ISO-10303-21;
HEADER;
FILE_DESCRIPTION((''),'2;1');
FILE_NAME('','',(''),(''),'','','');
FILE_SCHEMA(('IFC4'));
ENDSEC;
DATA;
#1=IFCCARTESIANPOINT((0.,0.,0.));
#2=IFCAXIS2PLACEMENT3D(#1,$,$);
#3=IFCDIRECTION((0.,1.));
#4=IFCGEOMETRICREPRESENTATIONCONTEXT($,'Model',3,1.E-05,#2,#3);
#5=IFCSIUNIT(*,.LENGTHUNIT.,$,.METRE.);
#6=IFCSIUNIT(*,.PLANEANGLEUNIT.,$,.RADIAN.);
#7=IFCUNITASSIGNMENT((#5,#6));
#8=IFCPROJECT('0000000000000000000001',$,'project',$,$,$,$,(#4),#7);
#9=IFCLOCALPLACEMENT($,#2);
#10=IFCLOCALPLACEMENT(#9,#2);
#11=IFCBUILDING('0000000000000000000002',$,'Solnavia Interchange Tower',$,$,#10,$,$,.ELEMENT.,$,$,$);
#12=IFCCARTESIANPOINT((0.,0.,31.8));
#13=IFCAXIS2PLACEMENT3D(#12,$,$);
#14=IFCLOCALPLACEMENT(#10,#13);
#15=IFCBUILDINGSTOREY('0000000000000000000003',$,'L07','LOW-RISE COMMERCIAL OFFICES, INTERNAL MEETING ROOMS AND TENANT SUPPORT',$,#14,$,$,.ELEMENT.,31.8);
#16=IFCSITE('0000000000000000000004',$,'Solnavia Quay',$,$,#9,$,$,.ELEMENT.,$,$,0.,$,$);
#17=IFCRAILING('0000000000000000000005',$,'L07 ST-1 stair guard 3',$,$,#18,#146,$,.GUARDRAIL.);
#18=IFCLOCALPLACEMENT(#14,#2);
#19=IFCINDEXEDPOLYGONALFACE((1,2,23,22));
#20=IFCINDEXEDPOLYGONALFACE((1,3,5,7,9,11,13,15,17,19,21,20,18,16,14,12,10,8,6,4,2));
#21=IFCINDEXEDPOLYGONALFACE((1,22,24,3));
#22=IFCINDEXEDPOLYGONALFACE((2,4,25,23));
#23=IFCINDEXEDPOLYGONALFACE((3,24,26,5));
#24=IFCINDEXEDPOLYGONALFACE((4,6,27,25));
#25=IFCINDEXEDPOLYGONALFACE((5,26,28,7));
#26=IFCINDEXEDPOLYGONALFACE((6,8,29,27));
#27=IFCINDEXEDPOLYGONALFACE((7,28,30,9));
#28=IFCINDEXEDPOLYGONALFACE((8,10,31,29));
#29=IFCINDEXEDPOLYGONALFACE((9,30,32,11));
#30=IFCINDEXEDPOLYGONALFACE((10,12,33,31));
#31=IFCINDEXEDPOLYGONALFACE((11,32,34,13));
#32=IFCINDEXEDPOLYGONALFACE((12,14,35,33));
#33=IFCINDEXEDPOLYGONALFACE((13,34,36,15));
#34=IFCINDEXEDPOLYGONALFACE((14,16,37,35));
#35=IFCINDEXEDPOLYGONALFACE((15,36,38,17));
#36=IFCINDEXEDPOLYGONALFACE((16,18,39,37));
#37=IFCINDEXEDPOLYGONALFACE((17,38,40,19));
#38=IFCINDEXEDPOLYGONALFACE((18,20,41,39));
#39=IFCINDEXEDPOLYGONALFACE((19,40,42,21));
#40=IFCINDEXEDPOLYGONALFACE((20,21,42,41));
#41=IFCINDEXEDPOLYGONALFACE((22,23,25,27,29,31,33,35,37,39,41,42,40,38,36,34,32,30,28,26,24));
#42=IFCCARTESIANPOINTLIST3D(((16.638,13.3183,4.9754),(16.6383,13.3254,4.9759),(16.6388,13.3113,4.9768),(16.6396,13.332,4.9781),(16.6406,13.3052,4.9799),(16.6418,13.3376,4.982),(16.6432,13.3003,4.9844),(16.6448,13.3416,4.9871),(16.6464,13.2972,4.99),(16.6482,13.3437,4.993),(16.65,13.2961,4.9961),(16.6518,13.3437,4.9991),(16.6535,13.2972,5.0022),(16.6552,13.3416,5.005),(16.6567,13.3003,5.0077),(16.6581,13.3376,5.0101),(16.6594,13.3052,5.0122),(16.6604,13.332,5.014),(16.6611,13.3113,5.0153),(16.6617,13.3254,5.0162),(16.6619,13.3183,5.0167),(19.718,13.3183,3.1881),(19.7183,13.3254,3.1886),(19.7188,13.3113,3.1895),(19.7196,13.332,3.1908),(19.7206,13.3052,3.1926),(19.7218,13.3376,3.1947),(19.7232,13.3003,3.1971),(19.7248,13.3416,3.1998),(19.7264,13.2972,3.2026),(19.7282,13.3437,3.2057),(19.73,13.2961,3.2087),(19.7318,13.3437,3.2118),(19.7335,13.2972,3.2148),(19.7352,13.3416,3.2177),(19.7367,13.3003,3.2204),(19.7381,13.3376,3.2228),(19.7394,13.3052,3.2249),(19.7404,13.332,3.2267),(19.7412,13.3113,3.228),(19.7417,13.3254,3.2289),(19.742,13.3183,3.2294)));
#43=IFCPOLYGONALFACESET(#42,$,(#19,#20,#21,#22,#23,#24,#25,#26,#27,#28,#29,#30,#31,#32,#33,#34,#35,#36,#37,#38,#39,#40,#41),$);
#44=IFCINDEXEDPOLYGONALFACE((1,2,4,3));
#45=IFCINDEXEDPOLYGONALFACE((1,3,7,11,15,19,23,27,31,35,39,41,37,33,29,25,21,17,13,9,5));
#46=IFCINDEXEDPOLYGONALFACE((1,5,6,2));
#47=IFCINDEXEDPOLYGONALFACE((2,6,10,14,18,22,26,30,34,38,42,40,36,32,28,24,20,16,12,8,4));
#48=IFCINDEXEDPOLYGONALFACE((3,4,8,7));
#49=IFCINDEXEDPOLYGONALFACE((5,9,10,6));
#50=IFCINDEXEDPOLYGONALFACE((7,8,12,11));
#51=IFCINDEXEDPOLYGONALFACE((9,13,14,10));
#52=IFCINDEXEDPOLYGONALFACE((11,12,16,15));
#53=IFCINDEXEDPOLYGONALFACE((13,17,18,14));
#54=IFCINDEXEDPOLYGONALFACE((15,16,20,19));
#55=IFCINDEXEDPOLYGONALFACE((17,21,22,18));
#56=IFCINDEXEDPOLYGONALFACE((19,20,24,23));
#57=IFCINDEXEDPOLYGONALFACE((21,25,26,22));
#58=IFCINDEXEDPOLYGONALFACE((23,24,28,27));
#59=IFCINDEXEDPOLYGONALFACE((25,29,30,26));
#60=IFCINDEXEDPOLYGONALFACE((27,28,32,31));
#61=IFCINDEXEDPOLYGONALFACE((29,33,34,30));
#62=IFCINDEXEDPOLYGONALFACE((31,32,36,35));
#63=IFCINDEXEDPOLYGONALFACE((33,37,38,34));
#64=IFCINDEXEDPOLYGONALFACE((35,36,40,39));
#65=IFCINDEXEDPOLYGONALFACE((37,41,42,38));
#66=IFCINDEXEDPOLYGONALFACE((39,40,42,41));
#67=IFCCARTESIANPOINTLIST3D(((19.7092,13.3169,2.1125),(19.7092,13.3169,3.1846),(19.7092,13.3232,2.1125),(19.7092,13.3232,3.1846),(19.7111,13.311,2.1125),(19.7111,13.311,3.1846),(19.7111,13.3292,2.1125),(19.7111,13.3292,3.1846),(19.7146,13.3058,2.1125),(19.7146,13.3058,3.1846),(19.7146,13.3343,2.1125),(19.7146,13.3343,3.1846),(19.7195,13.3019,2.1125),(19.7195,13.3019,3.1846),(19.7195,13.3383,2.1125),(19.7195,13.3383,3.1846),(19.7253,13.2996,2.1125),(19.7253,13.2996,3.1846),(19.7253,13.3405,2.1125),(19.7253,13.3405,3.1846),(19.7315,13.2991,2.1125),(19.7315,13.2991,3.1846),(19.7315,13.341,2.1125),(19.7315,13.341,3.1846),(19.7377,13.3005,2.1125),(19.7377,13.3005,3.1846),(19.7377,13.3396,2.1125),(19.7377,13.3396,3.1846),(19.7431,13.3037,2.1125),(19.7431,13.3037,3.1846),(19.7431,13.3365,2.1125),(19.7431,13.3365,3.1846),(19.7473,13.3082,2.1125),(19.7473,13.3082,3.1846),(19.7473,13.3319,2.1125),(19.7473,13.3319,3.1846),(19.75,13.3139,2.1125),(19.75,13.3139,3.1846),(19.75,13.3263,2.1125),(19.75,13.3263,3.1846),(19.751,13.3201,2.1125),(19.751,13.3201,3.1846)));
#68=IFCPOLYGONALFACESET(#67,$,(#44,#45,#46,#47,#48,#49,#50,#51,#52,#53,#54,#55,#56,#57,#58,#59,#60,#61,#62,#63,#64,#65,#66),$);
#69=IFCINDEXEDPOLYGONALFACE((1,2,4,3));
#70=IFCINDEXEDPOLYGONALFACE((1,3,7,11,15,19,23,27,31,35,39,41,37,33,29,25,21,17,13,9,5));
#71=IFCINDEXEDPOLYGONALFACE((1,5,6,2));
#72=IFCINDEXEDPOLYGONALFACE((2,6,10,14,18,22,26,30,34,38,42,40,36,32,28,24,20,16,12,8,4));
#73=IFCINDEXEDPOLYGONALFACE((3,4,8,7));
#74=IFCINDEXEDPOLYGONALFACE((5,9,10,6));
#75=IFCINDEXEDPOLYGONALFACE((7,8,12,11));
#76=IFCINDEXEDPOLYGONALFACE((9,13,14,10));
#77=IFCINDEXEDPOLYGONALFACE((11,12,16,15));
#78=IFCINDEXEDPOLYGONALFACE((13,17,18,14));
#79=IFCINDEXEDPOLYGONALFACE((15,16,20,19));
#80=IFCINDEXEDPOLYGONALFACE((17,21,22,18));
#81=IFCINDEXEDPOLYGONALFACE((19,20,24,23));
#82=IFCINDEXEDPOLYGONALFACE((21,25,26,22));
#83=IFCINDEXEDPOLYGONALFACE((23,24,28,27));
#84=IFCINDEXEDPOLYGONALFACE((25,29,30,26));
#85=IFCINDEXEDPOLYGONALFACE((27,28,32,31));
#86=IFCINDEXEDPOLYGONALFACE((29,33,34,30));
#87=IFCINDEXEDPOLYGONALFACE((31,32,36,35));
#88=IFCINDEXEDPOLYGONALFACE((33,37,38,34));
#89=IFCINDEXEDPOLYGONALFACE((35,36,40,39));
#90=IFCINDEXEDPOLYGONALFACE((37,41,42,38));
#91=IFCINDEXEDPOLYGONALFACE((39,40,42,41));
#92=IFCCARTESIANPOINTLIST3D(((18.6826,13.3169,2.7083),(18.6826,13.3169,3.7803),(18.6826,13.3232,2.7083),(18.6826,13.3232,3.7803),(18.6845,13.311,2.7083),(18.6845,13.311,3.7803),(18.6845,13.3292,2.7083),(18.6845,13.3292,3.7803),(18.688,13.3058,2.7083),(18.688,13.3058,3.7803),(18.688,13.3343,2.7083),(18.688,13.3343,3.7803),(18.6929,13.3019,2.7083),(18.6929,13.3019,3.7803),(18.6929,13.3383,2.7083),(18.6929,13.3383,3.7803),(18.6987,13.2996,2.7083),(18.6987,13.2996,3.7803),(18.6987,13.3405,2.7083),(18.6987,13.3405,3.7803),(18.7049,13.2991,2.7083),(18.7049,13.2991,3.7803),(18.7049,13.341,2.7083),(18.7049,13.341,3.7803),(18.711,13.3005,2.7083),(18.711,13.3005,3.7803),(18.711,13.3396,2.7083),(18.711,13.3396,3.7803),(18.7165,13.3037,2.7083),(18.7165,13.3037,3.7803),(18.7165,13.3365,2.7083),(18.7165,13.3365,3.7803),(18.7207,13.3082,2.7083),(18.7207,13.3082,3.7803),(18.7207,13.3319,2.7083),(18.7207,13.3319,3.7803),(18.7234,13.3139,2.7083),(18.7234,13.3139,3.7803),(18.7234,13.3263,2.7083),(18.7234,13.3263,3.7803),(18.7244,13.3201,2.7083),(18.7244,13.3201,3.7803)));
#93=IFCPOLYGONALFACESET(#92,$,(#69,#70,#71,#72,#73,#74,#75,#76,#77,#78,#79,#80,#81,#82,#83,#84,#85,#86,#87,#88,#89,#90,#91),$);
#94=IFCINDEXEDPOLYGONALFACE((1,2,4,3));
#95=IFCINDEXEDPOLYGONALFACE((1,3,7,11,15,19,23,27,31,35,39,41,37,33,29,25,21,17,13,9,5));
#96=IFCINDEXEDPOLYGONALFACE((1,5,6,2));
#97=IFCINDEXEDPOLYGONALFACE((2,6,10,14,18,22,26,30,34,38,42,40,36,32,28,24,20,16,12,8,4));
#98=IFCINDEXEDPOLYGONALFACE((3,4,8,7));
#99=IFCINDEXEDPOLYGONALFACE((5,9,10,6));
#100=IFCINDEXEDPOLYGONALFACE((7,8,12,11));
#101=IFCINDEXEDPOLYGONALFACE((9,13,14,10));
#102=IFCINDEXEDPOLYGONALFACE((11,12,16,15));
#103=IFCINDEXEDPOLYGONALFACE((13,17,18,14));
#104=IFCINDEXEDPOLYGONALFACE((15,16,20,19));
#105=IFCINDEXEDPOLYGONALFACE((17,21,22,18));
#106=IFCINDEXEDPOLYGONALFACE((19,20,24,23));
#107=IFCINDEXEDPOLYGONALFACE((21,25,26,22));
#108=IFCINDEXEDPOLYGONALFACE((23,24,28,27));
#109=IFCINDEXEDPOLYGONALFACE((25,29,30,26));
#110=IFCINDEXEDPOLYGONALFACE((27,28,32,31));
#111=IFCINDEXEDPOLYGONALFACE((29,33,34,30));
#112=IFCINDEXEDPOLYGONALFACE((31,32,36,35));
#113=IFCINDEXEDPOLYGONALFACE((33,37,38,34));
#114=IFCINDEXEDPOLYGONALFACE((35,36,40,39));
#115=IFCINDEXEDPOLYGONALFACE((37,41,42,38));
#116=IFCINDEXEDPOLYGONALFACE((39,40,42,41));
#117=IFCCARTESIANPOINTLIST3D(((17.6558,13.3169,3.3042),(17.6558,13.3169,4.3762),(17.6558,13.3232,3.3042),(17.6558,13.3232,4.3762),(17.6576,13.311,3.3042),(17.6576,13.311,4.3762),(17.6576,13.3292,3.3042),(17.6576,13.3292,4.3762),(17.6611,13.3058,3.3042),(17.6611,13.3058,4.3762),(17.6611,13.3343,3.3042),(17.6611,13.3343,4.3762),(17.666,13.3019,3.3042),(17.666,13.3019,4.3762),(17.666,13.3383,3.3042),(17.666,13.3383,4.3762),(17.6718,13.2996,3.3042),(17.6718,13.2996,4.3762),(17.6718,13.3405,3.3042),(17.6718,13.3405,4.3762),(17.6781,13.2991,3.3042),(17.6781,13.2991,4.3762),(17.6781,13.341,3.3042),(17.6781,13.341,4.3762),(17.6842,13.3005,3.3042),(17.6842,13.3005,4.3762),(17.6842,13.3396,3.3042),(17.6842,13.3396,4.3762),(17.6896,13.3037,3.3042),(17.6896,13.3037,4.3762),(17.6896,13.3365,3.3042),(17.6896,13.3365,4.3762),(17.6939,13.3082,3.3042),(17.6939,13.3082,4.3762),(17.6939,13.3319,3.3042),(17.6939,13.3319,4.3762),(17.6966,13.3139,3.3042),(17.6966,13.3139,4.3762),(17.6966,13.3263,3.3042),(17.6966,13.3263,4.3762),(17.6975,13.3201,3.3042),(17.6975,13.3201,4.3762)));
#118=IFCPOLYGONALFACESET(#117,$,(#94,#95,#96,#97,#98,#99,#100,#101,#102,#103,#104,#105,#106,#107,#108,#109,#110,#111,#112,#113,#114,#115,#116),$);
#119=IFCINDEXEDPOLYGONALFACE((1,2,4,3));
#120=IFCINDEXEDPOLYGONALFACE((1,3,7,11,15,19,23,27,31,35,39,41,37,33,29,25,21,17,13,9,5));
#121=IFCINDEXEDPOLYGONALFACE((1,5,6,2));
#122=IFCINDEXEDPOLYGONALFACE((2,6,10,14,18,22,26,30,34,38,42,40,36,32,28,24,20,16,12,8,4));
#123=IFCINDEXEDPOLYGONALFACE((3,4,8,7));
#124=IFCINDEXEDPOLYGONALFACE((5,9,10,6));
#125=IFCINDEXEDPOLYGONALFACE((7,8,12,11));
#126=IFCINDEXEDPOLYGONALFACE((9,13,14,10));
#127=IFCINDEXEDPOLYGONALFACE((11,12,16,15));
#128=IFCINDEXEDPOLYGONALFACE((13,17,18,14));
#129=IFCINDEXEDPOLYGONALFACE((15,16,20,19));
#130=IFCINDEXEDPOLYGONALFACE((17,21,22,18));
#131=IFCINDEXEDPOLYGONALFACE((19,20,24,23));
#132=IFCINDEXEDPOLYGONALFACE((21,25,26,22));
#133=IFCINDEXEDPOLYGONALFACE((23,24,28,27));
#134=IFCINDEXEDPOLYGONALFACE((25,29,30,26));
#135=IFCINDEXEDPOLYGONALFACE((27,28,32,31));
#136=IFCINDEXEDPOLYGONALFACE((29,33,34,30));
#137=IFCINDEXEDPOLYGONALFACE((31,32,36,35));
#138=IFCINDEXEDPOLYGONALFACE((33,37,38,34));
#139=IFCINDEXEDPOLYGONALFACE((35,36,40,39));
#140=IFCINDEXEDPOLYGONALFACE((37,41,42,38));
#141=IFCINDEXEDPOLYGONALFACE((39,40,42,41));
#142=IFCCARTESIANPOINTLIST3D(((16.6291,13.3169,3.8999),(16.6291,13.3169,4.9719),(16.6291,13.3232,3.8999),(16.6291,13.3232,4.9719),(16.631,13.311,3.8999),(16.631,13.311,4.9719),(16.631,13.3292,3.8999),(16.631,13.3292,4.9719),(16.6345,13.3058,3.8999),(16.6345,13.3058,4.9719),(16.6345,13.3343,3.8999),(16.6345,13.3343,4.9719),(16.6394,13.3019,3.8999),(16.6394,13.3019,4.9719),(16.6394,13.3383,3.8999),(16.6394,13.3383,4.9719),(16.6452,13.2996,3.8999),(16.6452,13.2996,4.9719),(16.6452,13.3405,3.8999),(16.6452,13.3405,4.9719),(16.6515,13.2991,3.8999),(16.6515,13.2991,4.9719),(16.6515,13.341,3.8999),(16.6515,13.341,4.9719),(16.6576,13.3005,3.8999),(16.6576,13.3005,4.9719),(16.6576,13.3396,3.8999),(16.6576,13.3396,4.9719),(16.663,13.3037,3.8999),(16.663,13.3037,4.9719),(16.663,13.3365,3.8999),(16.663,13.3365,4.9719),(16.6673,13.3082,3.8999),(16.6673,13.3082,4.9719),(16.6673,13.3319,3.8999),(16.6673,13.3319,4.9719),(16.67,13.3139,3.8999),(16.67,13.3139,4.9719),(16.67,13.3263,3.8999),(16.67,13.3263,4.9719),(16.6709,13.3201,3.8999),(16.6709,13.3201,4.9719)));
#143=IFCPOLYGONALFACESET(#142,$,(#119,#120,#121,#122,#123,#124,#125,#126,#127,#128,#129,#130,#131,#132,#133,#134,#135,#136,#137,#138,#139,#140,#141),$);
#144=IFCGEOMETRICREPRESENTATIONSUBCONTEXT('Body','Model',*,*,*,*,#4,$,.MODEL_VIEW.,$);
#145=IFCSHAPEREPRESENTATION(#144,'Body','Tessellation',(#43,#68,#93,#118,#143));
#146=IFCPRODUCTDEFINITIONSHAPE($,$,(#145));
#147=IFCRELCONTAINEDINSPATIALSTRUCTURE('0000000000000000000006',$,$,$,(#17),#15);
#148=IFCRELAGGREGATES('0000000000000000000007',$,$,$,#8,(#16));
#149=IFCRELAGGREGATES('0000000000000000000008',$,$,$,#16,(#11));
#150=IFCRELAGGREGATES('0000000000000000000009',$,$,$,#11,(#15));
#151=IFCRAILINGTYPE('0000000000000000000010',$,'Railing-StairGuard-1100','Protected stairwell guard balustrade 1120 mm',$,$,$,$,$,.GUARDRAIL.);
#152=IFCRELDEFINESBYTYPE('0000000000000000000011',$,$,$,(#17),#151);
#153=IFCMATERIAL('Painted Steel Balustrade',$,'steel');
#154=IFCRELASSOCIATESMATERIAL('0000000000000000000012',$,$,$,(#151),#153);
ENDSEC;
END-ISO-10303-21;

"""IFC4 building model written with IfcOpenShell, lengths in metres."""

from ifc_helpers import new_model, si_unit, direction, frame, origin, origin_2d, place, context, subcontext, project, spatial, circle, extrude, material, type_object, element, save


model = new_model("IFC4")

# Units and contexts
model_context = context("Model", 3, precision=1e-05, world=origin(), true_north=direction((0.0, 1.0)))
body_context = subcontext(model_context, "Body", "Model", "MODEL_VIEW")
ifc_project = project(units=[si_unit("LENGTHUNIT", "METRE"), si_unit("PLANEANGLEUNIT", "RADIAN")], contexts=[model_context])

# Site, building, storey
site_placement = place(None, origin())
site = spatial("IfcSite", under=ifc_project, at=site_placement, Name="Solnavia Quay", CompositionType="ELEMENT", RefElevation=0.0)
building_placement = place(site_placement, origin())
building = spatial("IfcBuilding", under=site, at=building_placement, Name="Solnavia Interchange Tower", CompositionType="ELEMENT")
storey_placement = place(building_placement, frame((0.0, 0.0, 31.8)))
storey = spatial("IfcBuildingStorey", under=building, at=storey_placement, Name="L07", Description="LOW-RISE COMMERCIAL OFFICES, INTERNAL MEETING ROOMS AND TENANT SUPPORT", CompositionType="ELEMENT", Elevation=31.8)

# Railing
ifc_material_1 = material(Name="Painted Steel Balustrade", Category="steel")
railing_type_1 = type_object("IfcRailingType", Name="Railing-StairGuard-1100", Description="Protected stairwell guard balustrade 1120 mm", PredefinedType="GUARDRAIL", material=ifc_material_1)
railing_1_placement = place(storey_placement, frame((19.73, 13.3201, 2.1125)))
element("IfcRailing", 1, at=railing_1_placement, inside=storey, type_object=railing_type_1, Name="L07 ST-1 stair guard 3", PredefinedType="GUARDRAIL", context=body_context, shape_type="SweptSolid", body=[
    extrude(circle(Radius=0.0239, at=origin_2d()), frame((0.0, 0.0, 1.0962), z_axis=(-0.86492, 0.0, 0.501909), x_axis=(0.0, -1.0, 0.0)), (0.0, 0.0, 1.0), 3.561),
    extrude(circle(Radius=0.021, at=origin_2d()), origin(), (0.0, 0.0, 1.0), 1.072),
    extrude(circle(Radius=0.021, at=origin_2d()), frame((-1.0266, 0.0, 0.5957)), (0.0, 0.0, 1.0), 1.072),
    extrude(circle(Radius=0.021, at=origin_2d()), frame((-2.0535, 0.0, 1.1917)), (0.0, 0.0, 1.0), 1.072),
    extrude(circle(Radius=0.021, at=origin_2d()), frame((-3.0801, 0.0, 1.7874)), (0.0, 0.0, 1.0), 1.072),
])

save(model, "model.ifc")
